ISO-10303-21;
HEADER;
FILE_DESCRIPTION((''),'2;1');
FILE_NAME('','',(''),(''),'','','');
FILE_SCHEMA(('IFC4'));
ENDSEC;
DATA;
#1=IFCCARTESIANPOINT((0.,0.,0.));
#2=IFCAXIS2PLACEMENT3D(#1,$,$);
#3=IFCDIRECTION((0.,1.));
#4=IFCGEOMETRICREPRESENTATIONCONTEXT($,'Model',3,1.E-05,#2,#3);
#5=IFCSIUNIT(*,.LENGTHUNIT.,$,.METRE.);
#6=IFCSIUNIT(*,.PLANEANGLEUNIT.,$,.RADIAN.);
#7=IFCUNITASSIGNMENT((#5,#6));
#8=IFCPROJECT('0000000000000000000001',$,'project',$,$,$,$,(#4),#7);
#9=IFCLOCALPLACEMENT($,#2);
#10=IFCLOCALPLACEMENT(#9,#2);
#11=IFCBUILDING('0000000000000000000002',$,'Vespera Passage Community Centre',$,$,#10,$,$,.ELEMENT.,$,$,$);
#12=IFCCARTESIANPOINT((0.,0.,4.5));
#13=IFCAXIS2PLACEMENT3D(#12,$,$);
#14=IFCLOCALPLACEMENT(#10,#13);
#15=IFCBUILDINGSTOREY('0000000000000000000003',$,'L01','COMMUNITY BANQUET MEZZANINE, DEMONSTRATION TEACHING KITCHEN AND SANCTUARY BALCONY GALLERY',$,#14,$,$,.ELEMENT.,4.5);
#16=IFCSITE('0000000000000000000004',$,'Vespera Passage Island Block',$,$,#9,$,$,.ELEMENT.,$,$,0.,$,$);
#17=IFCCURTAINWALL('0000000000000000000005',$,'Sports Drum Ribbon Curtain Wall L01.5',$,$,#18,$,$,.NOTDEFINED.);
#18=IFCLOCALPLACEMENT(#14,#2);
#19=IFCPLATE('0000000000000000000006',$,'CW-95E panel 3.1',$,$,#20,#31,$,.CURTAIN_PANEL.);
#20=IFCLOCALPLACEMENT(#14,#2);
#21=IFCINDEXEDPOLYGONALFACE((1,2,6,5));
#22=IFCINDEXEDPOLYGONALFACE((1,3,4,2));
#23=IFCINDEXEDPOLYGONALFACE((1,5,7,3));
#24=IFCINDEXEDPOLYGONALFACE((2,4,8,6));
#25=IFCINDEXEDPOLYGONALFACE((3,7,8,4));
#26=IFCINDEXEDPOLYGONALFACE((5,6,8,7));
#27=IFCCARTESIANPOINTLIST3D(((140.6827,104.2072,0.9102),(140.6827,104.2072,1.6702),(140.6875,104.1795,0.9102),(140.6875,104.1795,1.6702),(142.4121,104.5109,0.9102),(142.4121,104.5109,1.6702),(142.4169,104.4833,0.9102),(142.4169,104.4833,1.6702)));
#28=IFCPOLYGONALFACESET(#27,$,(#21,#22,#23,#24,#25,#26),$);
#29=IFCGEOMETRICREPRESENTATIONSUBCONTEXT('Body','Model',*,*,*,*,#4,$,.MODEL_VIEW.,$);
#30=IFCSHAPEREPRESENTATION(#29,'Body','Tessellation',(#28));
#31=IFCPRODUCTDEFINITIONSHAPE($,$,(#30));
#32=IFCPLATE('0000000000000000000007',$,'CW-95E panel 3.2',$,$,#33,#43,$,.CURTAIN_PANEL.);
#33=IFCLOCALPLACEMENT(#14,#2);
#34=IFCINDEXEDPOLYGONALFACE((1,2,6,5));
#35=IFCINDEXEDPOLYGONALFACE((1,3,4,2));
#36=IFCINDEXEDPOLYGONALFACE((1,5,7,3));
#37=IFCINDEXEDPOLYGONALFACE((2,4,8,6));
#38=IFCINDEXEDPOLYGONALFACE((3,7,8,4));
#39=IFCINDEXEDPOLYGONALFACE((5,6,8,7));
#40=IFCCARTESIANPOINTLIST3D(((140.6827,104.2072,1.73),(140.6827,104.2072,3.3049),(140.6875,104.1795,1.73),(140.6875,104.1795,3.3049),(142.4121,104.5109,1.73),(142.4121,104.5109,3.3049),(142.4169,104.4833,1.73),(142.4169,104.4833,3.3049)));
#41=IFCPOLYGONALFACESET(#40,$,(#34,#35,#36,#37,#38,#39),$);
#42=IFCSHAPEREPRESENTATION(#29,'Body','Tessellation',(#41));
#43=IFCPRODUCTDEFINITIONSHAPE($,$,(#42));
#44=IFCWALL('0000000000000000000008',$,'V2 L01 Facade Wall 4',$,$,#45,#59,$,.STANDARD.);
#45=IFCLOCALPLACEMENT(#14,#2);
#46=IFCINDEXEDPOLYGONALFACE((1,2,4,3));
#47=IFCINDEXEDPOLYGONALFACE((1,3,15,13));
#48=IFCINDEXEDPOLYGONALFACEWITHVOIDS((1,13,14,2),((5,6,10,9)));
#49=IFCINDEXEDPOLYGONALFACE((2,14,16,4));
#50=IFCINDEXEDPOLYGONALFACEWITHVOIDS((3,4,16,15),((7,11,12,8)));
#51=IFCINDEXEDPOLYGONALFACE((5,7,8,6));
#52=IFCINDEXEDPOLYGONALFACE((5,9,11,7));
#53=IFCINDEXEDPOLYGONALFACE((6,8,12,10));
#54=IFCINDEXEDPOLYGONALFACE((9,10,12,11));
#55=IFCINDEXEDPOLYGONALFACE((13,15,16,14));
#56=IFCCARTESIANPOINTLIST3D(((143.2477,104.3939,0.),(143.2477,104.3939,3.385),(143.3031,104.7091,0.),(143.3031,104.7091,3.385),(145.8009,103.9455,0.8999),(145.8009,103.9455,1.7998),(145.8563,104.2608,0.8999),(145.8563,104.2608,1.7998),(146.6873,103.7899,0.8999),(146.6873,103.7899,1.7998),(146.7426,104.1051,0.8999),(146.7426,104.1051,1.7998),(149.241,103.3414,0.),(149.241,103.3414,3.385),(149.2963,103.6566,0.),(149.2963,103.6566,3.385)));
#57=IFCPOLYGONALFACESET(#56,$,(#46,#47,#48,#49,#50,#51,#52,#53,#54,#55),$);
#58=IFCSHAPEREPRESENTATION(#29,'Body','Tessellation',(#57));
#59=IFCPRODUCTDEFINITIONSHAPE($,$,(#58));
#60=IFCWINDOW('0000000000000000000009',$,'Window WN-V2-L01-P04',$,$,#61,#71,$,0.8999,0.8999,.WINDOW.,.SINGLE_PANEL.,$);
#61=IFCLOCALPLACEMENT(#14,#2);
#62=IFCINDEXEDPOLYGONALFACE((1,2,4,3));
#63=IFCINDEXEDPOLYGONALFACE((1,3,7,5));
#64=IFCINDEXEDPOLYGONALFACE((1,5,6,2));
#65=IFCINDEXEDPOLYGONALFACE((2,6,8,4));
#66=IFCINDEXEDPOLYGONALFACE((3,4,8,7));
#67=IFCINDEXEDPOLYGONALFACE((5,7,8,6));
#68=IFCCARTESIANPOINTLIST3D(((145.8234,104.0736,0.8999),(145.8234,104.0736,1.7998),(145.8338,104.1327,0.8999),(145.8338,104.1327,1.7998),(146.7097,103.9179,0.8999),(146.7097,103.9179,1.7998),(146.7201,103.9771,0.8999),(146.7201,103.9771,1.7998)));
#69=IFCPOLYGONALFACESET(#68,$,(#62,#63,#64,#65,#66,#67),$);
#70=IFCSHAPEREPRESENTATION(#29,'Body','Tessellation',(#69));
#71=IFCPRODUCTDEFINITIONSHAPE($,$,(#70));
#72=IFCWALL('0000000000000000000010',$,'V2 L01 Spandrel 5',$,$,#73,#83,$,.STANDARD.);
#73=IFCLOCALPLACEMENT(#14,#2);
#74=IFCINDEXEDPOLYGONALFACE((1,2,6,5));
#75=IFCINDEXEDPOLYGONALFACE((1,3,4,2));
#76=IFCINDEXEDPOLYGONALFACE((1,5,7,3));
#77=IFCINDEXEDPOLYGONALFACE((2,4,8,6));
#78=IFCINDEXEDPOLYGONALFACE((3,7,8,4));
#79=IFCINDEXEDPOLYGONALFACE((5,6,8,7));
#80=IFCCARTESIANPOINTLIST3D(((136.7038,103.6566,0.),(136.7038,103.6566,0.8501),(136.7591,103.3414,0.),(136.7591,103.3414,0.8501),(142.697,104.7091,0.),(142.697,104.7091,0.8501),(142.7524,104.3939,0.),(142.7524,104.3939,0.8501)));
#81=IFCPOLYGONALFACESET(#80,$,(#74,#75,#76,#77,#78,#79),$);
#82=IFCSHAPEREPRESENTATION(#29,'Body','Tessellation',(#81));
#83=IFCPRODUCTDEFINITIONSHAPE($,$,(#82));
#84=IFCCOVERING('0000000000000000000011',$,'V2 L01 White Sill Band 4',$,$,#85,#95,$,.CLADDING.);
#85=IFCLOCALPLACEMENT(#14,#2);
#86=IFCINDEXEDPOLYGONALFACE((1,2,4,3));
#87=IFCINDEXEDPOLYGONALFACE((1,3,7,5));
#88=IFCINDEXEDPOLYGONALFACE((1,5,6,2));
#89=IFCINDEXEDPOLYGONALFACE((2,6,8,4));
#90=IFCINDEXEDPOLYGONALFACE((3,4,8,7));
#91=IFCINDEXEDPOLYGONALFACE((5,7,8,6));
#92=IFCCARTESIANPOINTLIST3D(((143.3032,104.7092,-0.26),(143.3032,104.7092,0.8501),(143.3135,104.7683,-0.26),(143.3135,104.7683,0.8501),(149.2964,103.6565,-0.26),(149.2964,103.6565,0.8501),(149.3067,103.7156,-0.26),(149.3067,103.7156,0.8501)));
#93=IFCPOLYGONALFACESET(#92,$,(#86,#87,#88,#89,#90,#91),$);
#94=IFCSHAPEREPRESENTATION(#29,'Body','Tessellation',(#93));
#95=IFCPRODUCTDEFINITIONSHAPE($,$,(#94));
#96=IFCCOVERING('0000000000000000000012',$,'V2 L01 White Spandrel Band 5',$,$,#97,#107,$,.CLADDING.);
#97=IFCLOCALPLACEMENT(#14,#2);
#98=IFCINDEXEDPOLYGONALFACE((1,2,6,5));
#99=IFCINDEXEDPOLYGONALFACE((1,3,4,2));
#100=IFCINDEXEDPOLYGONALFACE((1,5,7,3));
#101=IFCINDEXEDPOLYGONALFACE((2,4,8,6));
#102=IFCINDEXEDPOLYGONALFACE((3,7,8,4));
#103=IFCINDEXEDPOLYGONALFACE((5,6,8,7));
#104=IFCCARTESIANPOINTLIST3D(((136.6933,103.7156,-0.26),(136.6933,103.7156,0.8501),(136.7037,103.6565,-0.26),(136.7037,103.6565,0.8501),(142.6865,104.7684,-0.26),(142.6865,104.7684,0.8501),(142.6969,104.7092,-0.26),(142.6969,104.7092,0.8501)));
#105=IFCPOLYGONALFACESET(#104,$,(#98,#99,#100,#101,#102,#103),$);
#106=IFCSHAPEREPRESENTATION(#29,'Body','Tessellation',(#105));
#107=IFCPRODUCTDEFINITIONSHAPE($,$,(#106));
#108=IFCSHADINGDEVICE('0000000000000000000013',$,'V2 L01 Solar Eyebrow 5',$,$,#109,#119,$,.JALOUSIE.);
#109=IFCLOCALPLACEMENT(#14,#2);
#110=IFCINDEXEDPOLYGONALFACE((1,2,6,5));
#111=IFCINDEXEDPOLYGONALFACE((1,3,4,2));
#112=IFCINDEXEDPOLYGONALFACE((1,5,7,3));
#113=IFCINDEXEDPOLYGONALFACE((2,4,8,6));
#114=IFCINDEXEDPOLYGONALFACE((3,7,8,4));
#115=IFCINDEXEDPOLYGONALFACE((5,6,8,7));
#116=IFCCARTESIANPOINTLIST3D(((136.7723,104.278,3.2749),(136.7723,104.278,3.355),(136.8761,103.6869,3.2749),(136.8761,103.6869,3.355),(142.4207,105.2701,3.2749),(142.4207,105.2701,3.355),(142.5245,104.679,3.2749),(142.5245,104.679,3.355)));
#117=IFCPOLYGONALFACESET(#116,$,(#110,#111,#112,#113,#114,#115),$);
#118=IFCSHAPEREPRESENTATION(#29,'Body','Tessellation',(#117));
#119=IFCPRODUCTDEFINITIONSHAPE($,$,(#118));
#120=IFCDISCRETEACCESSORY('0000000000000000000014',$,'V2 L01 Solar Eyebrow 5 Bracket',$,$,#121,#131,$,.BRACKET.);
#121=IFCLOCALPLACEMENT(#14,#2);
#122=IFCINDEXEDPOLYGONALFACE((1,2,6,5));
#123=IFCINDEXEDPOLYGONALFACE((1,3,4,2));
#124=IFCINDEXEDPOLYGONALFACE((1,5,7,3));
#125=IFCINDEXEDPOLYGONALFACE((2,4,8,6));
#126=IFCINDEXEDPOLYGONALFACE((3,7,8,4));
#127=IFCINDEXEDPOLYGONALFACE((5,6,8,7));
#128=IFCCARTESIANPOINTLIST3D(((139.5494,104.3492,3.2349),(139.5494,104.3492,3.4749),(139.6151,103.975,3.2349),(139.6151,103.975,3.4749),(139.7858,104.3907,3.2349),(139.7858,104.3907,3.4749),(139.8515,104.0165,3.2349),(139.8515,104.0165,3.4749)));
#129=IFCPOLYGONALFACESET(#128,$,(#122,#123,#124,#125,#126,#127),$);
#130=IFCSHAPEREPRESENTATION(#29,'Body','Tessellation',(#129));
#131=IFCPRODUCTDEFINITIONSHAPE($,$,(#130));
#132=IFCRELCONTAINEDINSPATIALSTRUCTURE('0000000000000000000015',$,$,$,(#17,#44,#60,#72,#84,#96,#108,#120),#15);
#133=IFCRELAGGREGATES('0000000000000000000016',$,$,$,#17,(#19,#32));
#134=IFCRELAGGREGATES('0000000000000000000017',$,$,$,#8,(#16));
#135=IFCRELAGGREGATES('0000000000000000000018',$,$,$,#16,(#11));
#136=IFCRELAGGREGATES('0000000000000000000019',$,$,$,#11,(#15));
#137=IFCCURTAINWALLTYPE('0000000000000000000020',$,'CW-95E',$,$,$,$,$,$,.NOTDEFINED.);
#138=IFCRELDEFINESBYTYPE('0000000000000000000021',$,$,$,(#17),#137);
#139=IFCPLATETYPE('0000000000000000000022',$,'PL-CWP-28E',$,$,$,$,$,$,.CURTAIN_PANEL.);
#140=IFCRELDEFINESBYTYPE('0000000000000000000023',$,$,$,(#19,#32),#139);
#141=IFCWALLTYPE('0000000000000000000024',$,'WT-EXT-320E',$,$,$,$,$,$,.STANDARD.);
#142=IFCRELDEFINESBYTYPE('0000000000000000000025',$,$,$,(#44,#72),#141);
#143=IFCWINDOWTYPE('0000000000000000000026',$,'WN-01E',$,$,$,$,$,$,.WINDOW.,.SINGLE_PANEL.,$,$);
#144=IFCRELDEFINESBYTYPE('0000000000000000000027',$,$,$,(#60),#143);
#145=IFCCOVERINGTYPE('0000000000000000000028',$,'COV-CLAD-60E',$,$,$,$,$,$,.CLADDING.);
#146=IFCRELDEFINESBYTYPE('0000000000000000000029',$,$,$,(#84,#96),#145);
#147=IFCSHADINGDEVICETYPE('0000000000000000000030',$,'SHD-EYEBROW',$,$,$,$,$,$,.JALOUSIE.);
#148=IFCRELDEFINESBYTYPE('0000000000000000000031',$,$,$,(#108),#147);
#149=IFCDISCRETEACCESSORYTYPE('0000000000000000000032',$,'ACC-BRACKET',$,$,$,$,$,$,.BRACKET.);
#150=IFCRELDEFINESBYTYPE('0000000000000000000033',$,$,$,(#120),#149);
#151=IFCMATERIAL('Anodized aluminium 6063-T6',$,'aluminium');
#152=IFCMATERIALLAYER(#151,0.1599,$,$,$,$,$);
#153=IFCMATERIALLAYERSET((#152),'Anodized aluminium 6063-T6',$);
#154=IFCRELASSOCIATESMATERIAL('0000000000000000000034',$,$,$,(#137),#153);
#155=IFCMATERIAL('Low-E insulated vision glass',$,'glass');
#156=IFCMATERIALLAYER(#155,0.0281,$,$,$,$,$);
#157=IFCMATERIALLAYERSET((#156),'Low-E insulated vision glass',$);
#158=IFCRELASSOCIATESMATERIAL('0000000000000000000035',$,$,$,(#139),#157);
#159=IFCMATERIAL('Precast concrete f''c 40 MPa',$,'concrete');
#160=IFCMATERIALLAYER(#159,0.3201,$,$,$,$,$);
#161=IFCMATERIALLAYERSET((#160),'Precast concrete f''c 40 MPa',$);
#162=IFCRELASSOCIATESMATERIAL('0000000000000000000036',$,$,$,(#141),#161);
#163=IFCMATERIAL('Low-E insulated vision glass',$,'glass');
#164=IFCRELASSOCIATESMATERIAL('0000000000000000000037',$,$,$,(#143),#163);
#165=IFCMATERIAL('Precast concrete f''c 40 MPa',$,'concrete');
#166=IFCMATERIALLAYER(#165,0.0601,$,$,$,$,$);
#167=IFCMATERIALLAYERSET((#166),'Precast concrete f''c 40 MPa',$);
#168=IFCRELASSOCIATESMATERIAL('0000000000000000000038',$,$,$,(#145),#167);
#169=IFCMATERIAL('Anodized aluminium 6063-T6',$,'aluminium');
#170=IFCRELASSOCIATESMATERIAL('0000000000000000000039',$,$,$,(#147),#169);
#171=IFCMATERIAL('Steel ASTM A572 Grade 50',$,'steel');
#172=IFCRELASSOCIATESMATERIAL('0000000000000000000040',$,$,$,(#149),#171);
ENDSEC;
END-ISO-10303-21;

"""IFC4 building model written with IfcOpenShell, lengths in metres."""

from ifc_helpers import new_model, si_unit, direction, frame, frame_2d, origin, origin_2d, place, context, subcontext, project, spatial, rectangle, extrude, material, layer, layer_set, type_object, element, fill, aggregate, save


model = new_model("IFC4")

# Units and contexts
model_context = context("Model", 3, precision=1e-05, world=origin(), true_north=direction((0.0, 1.0)))
body_context = subcontext(model_context, "Body", "Model", "MODEL_VIEW")
ifc_project = project(units=[si_unit("LENGTHUNIT", "METRE"), si_unit("PLANEANGLEUNIT", "RADIAN")], contexts=[model_context])

# Site, building, storey
site_placement = place(None, origin())
site = spatial("IfcSite", under=ifc_project, at=site_placement, Name="Vespera Passage Island Block", CompositionType="ELEMENT", RefElevation=0.0)
building_placement = place(site_placement, origin())
building = spatial("IfcBuilding", under=site, at=building_placement, Name="Vespera Passage Community Centre", CompositionType="ELEMENT")
storey_placement = place(building_placement, frame((0.0, 0.0, 4.5)))
storey = spatial("IfcBuildingStorey", under=building, at=storey_placement, Name="L01", Description="COMMUNITY BANQUET MEZZANINE, DEMONSTRATION TEACHING KITCHEN AND SANCTUARY BALCONY GALLERY", CompositionType="ELEMENT", Elevation=4.5)

# Curtain wall, plates
ifc_material_1 = material(Name="Anodized aluminium 6063-T6", Category="aluminium")
ifc_layer_1 = layer(ifc_material_1, 0.1599)
ifc_layer_set_1 = layer_set([ifc_layer_1], Name="Anodized aluminium 6063-T6")
curtain_wall_type = type_object("IfcCurtainWallType", Name="CW-95E", PredefinedType="NOTDEFINED", material=ifc_layer_set_1)
curtain_wall_placement = place(storey_placement, origin())
curtain_wall = element("IfcCurtainWall", 1, at=curtain_wall_placement, inside=storey, type_object=curtain_wall_type, Name="Sports Drum Ribbon Curtain Wall L01.5", PredefinedType="NOTDEFINED")
ifc_material_2 = material(Name="Low-E insulated vision glass", Category="glass")
ifc_layer_2 = layer(ifc_material_2, 0.0281)
ifc_layer_set_2 = layer_set([ifc_layer_2], Name="Low-E insulated vision glass")
plate_type = type_object("IfcPlateType", Name="PL-CWP-28E", PredefinedType="CURTAIN_PANEL", material=ifc_layer_set_2)
plate_1_placement = place(storey_placement, frame((141.5498, 104.3452, 0.9102), z_axis=(0.0, 0.0, 1.0), x_axis=(0.984923, 0.172994, 0.0)))
plate_1 = element("IfcPlate", 2, at=plate_1_placement, type_object=plate_type, Name="CW-95E panel 3.1", PredefinedType="CURTAIN_PANEL", context=body_context, shape_type="SweptSolid", body=[
    extrude(rectangle(XDim=1.7559, YDim=0.0281, at=origin_2d()), origin(), (0.0, 0.0, 1.0), 0.76),
])
plate_2_placement = place(storey_placement, frame((141.5498, 104.3452, 1.73), z_axis=(0.0, 0.0, 1.0), x_axis=(0.984923, 0.172994, 0.0)))
plate_2 = element("IfcPlate", 3, at=plate_2_placement, type_object=plate_type, Name="CW-95E panel 3.2", PredefinedType="CURTAIN_PANEL", context=body_context, shape_type="SweptSolid", body=[
    extrude(rectangle(XDim=1.7559, YDim=0.0281, at=origin_2d()), origin(), (0.0, 0.0, 1.0), 1.575),
])
aggregate(curtain_wall, [plate_1, plate_2])

# Wall, opening, window
ifc_material_3 = material(Name="Precast concrete f'c 40 MPa", Category="concrete")
ifc_layer_3 = layer(ifc_material_3, 0.3201)
ifc_layer_set_3 = layer_set([ifc_layer_3], Name="Precast concrete f'c 40 MPa")
wall_type = type_object("IfcWallType", Name="WT-EXT-320E", PredefinedType="STANDARD", material=ifc_layer_set_3)
wall_1_placement = place(storey_placement, frame((143.2754, 104.5515, 0.0), z_axis=(0.0, 0.0, 1.0), x_axis=(0.984927, -0.172968, 0.0)))
wall_1 = element("IfcWall", 4, at=wall_1_placement, inside=storey, type_object=wall_type, Name="V2 L01 Facade Wall 4", PredefinedType="STANDARD", context=body_context, shape_type="SweptSolid", body=[
    extrude(rectangle(XDim=6.085, YDim=0.3201, at=frame_2d((3.0425, 0.0))), origin(), (0.0, 0.0, 1.0), 3.385),
])
opening_placement = place(wall_1_placement, frame((2.5923, 0.0, 0.8999)))
opening = element("IfcOpeningElement", 5, at=opening_placement, cuts=wall_1, PredefinedType="OPENING", context=body_context, shape_type="SweptSolid", body=[
    extrude(rectangle(XDim=0.8999, YDim=0.8999, at=frame_2d((0.45, 0.45))), frame((0.0, 0.1702, 0.0), z_axis=(0.0, -1.0, 0.0), x_axis=(1.0, 0.0, 0.0)), (0.0, 0.0, 1.0), 0.3401),
])
ifc_material_4 = material(Name="Low-E insulated vision glass", Category="glass")
window_type = type_object("IfcWindowType", Name="WN-01E", PartitioningType="SINGLE_PANEL", PredefinedType="WINDOW", material=ifc_material_4)
window_placement = place(opening_placement, origin())
window = element("IfcWindow", 6, at=window_placement, inside=storey, type_object=window_type, Name="Window WN-V2-L01-P04", OverallHeight=0.8999, OverallWidth=0.8999, PartitioningType="SINGLE_PANEL", PredefinedType="WINDOW", context=body_context, shape_type="SweptSolid", body=[
    extrude(rectangle(XDim=0.8999, YDim=0.8999, at=frame_2d((0.45, 0.45))), frame((0.0, 0.03, 0.0), z_axis=(0.0, -1.0, 0.0), x_axis=(1.0, 0.0, 0.0)), (0.0, 0.0, 1.0), 0.0601),
])
fill(opening, window)

# Wall
wall_2_placement = place(storey_placement, frame((136.7314, 103.499, 0.0), z_axis=(0.0, 0.0, 1.0), x_axis=(0.984927, 0.172968, 0.0)))
element("IfcWall", 7, at=wall_2_placement, inside=storey, type_object=wall_type, Name="V2 L01 Spandrel 5", PredefinedType="STANDARD", context=body_context, shape_type="SweptSolid", body=[
    extrude(rectangle(XDim=6.085, YDim=0.3201, at=frame_2d((3.0425, 0.0))), origin(), (0.0, 0.0, 1.0), 0.8501),
])

# Coverings
ifc_material_5 = material(Name="Precast concrete f'c 40 MPa", Category="concrete")
ifc_layer_4 = layer(ifc_material_5, 0.0601)
ifc_layer_set_4 = layer_set([ifc_layer_4], Name="Precast concrete f'c 40 MPa")
covering_type = type_object("IfcCoveringType", Name="COV-CLAD-60E", PredefinedType="CLADDING", material=ifc_layer_set_4)
for number, where, z_axis, x_axis, name in (
    (8, (143.3083, 104.7388, -0.26), (0.0, 0.0, 1.0), (0.984921, -0.173007, 0.0), "V2 L01 White Sill Band 4"),
    (9, (136.6985, 103.686, -0.26), (0.0, 0.0, 1.0), (0.984921, 0.173007, 0.0), "V2 L01 White Spandrel Band 5"),
):
    element("IfcCovering", number, at=place(storey_placement, frame(where, z_axis=z_axis, x_axis=x_axis)), inside=storey, type_object=covering_type, Name=name, PredefinedType="CLADDING", context=body_context, shape_type="SweptSolid", body=[
        extrude(rectangle(XDim=6.085, YDim=0.0601, at=frame_2d((3.0425, 0.0))), origin(), (0.0, 0.0, 1.0), 1.1101),
    ])

# Shading device
ifc_material_6 = material(Name="Anodized aluminium 6063-T6", Category="aluminium")
shading_device_type = type_object("IfcShadingDeviceType", Name="SHD-EYEBROW", PredefinedType="JALOUSIE", material=ifc_material_6)
shading_device_placement = place(storey_placement, frame((139.6484, 104.4785, 3.2749), z_axis=(0.0, 0.0, 1.0), x_axis=(0.984923, 0.172995, 0.0)))
element("IfcShadingDevice", 10, at=shading_device_placement, inside=storey, type_object=shading_device_type, Name="V2 L01 Solar Eyebrow 5", PredefinedType="JALOUSIE", context=body_context, shape_type="SweptSolid", body=[
    extrude(rectangle(XDim=5.7349, YDim=0.6001, at=origin_2d()), origin(), (0.0, 0.0, 1.0), 0.0801),
])

# Discrete accessory
ifc_material_7 = material(Name="Steel ASTM A572 Grade 50", Category="steel")
discrete_accessory_type = type_object("IfcDiscreteAccessoryType", Name="ACC-BRACKET", PredefinedType="BRACKET", material=ifc_material_7)
discrete_accessory_placement = place(storey_placement, frame((139.7004, 104.1829, 3.2349), z_axis=(0.0, 0.0, 1.0), x_axis=(0.984923, 0.172995, 0.0)))
element("IfcDiscreteAccessory", 11, at=discrete_accessory_placement, inside=storey, type_object=discrete_accessory_type, Name="V2 L01 Solar Eyebrow 5 Bracket", PredefinedType="BRACKET", context=body_context, shape_type="SweptSolid", body=[
    extrude(rectangle(XDim=0.24, YDim=0.3799, at=origin_2d()), origin(), (0.0, 0.0, 1.0), 0.24),
])

save(model, "model.ifc")
